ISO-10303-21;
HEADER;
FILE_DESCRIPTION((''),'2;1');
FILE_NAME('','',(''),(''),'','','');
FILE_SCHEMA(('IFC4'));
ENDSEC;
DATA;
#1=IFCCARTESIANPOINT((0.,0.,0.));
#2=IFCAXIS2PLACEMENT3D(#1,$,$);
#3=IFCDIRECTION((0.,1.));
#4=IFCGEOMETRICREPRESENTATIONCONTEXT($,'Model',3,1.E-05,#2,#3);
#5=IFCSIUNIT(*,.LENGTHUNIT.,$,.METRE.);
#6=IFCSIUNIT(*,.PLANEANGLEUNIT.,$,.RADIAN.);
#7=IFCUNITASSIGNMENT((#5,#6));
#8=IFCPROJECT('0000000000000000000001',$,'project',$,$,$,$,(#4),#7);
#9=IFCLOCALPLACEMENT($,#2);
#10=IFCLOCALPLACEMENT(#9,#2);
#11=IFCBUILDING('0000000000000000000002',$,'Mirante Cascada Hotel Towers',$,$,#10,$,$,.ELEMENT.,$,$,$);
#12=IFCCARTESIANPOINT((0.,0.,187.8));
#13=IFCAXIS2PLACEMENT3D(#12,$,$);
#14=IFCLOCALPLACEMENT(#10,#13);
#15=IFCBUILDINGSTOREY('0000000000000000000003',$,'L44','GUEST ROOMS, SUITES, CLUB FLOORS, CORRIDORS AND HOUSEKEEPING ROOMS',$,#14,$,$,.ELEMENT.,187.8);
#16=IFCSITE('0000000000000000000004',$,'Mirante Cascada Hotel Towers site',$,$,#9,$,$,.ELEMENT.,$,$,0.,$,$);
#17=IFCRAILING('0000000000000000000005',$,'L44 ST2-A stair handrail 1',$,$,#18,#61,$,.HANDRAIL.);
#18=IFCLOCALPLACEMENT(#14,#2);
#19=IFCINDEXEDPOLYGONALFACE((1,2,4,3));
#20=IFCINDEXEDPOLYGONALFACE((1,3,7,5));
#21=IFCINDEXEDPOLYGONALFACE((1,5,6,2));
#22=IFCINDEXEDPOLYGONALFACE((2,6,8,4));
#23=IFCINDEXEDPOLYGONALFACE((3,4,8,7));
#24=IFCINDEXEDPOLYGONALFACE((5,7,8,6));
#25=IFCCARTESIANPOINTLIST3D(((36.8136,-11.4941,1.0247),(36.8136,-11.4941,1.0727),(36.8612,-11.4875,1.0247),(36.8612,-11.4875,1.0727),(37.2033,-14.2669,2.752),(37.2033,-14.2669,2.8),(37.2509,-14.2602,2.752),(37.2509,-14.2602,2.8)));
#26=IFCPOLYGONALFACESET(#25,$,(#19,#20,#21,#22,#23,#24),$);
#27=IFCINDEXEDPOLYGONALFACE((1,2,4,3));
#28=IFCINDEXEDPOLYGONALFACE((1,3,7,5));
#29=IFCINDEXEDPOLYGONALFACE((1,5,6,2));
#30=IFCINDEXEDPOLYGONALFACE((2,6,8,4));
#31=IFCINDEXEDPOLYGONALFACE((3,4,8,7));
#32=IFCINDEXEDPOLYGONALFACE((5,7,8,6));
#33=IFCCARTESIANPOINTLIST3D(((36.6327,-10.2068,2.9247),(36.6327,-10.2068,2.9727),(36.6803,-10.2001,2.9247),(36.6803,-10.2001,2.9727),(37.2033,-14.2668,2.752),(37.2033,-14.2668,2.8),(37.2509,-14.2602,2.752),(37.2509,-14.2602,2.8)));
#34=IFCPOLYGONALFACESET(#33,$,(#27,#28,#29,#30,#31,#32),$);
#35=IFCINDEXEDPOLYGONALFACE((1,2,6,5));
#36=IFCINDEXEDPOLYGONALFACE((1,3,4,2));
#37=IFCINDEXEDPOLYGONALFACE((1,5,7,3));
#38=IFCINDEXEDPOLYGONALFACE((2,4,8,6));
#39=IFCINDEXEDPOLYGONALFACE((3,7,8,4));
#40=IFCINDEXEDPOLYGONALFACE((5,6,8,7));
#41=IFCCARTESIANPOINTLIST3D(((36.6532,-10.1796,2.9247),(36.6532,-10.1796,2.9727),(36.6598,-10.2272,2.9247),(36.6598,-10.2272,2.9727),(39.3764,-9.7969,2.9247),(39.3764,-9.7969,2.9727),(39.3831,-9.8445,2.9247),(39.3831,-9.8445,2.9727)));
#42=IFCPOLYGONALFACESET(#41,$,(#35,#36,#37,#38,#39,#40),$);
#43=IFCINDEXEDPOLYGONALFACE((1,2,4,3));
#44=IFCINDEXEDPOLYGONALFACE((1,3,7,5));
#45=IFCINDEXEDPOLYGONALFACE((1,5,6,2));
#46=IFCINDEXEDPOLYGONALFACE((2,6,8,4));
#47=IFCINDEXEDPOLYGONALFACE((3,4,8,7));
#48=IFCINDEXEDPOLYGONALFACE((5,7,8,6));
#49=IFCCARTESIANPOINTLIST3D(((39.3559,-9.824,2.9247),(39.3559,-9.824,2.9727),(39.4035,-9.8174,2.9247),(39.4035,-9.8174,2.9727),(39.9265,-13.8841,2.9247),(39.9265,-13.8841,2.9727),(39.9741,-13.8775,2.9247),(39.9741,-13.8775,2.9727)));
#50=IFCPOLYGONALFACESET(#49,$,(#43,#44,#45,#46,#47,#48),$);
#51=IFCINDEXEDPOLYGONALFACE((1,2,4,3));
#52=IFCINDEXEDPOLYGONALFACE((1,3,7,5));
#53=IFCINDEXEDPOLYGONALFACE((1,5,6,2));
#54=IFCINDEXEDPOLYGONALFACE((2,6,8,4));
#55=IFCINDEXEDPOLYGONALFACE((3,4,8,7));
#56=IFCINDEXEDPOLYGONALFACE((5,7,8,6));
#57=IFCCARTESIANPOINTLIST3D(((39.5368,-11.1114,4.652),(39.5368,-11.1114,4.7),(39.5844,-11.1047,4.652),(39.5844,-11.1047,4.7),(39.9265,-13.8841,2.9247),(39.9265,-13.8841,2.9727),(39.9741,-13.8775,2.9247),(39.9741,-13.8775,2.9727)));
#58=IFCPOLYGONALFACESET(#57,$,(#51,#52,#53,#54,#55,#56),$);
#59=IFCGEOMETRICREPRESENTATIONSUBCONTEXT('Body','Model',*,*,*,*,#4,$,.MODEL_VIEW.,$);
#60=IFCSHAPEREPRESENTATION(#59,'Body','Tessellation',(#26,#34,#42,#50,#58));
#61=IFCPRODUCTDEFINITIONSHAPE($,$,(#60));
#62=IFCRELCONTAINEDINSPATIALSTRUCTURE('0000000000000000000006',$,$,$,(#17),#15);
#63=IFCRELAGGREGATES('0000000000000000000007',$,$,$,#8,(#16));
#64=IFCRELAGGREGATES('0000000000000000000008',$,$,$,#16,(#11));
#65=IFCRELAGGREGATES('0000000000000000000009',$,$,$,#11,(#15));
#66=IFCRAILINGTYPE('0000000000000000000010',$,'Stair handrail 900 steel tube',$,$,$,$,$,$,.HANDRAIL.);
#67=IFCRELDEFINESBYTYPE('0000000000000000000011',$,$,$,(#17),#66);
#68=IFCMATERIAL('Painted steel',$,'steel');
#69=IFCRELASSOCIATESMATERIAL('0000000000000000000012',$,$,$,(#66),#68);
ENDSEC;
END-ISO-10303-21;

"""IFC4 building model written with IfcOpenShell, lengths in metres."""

from ifc_helpers import new_model, si_unit, direction, frame, origin, origin_2d, place, context, subcontext, project, spatial, rectangle, extrude, material, type_object, element, save


model = new_model("IFC4")

# Units and contexts
model_context = context("Model", 3, precision=1e-05, world=origin(), true_north=direction((0.0, 1.0)))
body_context = subcontext(model_context, "Body", "Model", "MODEL_VIEW")
ifc_project = project(units=[si_unit("LENGTHUNIT", "METRE"), si_unit("PLANEANGLEUNIT", "RADIAN")], contexts=[model_context])

# Site, building, storey
site_placement = place(None, origin())
site = spatial("IfcSite", under=ifc_project, at=site_placement, Name="Mirante Cascada Hotel Towers site", CompositionType="ELEMENT", RefElevation=0.0)
building_placement = place(site_placement, origin())
building = spatial("IfcBuilding", under=site, at=building_placement, Name="Mirante Cascada Hotel Towers", CompositionType="ELEMENT")
storey_placement = place(building_placement, frame((0.0, 0.0, 187.8)))
storey = spatial("IfcBuildingStorey", under=building, at=storey_placement, Name="L44", Description="GUEST ROOMS, SUITES, CLUB FLOORS, CORRIDORS AND HOUSEKEEPING ROOMS", CompositionType="ELEMENT", Elevation=187.8)

# Railing
ifc_material_1 = material(Name="Painted steel", Category="steel")
railing_type = type_object("IfcRailingType", Name="Stair handrail 900 steel tube", PredefinedType="HANDRAIL", material=ifc_material_1)
railing_placement = place(storey_placement, frame((36.8374, -11.4908, 0.1727)))
element("IfcRailing", 1, at=railing_placement, inside=storey, type_object=railing_type, Name="L44 ST2-A stair handrail 1", PredefinedType="HANDRAIL", context=body_context, shape_type="SweptSolid", body=[
    extrude(rectangle(XDim=0.048, YDim=0.048, at=origin_2d()), frame((0.0, 0.0, 0.876), z_axis=(0.139181, -0.990267, 0.0), x_axis=(0.990267, 0.139181, 0.0)), (0.0, 0.525035, 0.851081), 3.2899),
    extrude(rectangle(XDim=0.048, YDim=0.048, at=origin_2d()), frame((0.3897, -2.7727, 2.6033), z_axis=(-0.139171, 0.990268, 0.0), x_axis=(-0.990268, -0.139171, 0.0)), (0.0, 0.042085, 0.999114), 4.1036),
    extrude(rectangle(XDim=0.048, YDim=0.048, at=origin_2d()), frame((-0.1809, 1.2874, 2.776), z_axis=(0.990269, 0.139166, 0.0), x_axis=(-0.139166, 0.990269, 0.0)), (0.0, 0.0, 1.0), 2.75),
    extrude(rectangle(XDim=0.048, YDim=0.048, at=origin_2d()), frame((2.5423, 1.6701, 2.776), z_axis=(0.139171, -0.990268, 0.0), x_axis=(0.990268, 0.139171, 0.0)), (0.0, 0.0, 1.0), 4.1),
    extrude(rectangle(XDim=0.048, YDim=0.048, at=origin_2d()), frame((3.1129, -2.39, 2.776), z_axis=(-0.139181, 0.990267, 0.0), x_axis=(-0.990267, -0.139181, 0.0)), (0.0, 0.525035, 0.851081), 3.2899),
])

save(model, "model.ifc")
